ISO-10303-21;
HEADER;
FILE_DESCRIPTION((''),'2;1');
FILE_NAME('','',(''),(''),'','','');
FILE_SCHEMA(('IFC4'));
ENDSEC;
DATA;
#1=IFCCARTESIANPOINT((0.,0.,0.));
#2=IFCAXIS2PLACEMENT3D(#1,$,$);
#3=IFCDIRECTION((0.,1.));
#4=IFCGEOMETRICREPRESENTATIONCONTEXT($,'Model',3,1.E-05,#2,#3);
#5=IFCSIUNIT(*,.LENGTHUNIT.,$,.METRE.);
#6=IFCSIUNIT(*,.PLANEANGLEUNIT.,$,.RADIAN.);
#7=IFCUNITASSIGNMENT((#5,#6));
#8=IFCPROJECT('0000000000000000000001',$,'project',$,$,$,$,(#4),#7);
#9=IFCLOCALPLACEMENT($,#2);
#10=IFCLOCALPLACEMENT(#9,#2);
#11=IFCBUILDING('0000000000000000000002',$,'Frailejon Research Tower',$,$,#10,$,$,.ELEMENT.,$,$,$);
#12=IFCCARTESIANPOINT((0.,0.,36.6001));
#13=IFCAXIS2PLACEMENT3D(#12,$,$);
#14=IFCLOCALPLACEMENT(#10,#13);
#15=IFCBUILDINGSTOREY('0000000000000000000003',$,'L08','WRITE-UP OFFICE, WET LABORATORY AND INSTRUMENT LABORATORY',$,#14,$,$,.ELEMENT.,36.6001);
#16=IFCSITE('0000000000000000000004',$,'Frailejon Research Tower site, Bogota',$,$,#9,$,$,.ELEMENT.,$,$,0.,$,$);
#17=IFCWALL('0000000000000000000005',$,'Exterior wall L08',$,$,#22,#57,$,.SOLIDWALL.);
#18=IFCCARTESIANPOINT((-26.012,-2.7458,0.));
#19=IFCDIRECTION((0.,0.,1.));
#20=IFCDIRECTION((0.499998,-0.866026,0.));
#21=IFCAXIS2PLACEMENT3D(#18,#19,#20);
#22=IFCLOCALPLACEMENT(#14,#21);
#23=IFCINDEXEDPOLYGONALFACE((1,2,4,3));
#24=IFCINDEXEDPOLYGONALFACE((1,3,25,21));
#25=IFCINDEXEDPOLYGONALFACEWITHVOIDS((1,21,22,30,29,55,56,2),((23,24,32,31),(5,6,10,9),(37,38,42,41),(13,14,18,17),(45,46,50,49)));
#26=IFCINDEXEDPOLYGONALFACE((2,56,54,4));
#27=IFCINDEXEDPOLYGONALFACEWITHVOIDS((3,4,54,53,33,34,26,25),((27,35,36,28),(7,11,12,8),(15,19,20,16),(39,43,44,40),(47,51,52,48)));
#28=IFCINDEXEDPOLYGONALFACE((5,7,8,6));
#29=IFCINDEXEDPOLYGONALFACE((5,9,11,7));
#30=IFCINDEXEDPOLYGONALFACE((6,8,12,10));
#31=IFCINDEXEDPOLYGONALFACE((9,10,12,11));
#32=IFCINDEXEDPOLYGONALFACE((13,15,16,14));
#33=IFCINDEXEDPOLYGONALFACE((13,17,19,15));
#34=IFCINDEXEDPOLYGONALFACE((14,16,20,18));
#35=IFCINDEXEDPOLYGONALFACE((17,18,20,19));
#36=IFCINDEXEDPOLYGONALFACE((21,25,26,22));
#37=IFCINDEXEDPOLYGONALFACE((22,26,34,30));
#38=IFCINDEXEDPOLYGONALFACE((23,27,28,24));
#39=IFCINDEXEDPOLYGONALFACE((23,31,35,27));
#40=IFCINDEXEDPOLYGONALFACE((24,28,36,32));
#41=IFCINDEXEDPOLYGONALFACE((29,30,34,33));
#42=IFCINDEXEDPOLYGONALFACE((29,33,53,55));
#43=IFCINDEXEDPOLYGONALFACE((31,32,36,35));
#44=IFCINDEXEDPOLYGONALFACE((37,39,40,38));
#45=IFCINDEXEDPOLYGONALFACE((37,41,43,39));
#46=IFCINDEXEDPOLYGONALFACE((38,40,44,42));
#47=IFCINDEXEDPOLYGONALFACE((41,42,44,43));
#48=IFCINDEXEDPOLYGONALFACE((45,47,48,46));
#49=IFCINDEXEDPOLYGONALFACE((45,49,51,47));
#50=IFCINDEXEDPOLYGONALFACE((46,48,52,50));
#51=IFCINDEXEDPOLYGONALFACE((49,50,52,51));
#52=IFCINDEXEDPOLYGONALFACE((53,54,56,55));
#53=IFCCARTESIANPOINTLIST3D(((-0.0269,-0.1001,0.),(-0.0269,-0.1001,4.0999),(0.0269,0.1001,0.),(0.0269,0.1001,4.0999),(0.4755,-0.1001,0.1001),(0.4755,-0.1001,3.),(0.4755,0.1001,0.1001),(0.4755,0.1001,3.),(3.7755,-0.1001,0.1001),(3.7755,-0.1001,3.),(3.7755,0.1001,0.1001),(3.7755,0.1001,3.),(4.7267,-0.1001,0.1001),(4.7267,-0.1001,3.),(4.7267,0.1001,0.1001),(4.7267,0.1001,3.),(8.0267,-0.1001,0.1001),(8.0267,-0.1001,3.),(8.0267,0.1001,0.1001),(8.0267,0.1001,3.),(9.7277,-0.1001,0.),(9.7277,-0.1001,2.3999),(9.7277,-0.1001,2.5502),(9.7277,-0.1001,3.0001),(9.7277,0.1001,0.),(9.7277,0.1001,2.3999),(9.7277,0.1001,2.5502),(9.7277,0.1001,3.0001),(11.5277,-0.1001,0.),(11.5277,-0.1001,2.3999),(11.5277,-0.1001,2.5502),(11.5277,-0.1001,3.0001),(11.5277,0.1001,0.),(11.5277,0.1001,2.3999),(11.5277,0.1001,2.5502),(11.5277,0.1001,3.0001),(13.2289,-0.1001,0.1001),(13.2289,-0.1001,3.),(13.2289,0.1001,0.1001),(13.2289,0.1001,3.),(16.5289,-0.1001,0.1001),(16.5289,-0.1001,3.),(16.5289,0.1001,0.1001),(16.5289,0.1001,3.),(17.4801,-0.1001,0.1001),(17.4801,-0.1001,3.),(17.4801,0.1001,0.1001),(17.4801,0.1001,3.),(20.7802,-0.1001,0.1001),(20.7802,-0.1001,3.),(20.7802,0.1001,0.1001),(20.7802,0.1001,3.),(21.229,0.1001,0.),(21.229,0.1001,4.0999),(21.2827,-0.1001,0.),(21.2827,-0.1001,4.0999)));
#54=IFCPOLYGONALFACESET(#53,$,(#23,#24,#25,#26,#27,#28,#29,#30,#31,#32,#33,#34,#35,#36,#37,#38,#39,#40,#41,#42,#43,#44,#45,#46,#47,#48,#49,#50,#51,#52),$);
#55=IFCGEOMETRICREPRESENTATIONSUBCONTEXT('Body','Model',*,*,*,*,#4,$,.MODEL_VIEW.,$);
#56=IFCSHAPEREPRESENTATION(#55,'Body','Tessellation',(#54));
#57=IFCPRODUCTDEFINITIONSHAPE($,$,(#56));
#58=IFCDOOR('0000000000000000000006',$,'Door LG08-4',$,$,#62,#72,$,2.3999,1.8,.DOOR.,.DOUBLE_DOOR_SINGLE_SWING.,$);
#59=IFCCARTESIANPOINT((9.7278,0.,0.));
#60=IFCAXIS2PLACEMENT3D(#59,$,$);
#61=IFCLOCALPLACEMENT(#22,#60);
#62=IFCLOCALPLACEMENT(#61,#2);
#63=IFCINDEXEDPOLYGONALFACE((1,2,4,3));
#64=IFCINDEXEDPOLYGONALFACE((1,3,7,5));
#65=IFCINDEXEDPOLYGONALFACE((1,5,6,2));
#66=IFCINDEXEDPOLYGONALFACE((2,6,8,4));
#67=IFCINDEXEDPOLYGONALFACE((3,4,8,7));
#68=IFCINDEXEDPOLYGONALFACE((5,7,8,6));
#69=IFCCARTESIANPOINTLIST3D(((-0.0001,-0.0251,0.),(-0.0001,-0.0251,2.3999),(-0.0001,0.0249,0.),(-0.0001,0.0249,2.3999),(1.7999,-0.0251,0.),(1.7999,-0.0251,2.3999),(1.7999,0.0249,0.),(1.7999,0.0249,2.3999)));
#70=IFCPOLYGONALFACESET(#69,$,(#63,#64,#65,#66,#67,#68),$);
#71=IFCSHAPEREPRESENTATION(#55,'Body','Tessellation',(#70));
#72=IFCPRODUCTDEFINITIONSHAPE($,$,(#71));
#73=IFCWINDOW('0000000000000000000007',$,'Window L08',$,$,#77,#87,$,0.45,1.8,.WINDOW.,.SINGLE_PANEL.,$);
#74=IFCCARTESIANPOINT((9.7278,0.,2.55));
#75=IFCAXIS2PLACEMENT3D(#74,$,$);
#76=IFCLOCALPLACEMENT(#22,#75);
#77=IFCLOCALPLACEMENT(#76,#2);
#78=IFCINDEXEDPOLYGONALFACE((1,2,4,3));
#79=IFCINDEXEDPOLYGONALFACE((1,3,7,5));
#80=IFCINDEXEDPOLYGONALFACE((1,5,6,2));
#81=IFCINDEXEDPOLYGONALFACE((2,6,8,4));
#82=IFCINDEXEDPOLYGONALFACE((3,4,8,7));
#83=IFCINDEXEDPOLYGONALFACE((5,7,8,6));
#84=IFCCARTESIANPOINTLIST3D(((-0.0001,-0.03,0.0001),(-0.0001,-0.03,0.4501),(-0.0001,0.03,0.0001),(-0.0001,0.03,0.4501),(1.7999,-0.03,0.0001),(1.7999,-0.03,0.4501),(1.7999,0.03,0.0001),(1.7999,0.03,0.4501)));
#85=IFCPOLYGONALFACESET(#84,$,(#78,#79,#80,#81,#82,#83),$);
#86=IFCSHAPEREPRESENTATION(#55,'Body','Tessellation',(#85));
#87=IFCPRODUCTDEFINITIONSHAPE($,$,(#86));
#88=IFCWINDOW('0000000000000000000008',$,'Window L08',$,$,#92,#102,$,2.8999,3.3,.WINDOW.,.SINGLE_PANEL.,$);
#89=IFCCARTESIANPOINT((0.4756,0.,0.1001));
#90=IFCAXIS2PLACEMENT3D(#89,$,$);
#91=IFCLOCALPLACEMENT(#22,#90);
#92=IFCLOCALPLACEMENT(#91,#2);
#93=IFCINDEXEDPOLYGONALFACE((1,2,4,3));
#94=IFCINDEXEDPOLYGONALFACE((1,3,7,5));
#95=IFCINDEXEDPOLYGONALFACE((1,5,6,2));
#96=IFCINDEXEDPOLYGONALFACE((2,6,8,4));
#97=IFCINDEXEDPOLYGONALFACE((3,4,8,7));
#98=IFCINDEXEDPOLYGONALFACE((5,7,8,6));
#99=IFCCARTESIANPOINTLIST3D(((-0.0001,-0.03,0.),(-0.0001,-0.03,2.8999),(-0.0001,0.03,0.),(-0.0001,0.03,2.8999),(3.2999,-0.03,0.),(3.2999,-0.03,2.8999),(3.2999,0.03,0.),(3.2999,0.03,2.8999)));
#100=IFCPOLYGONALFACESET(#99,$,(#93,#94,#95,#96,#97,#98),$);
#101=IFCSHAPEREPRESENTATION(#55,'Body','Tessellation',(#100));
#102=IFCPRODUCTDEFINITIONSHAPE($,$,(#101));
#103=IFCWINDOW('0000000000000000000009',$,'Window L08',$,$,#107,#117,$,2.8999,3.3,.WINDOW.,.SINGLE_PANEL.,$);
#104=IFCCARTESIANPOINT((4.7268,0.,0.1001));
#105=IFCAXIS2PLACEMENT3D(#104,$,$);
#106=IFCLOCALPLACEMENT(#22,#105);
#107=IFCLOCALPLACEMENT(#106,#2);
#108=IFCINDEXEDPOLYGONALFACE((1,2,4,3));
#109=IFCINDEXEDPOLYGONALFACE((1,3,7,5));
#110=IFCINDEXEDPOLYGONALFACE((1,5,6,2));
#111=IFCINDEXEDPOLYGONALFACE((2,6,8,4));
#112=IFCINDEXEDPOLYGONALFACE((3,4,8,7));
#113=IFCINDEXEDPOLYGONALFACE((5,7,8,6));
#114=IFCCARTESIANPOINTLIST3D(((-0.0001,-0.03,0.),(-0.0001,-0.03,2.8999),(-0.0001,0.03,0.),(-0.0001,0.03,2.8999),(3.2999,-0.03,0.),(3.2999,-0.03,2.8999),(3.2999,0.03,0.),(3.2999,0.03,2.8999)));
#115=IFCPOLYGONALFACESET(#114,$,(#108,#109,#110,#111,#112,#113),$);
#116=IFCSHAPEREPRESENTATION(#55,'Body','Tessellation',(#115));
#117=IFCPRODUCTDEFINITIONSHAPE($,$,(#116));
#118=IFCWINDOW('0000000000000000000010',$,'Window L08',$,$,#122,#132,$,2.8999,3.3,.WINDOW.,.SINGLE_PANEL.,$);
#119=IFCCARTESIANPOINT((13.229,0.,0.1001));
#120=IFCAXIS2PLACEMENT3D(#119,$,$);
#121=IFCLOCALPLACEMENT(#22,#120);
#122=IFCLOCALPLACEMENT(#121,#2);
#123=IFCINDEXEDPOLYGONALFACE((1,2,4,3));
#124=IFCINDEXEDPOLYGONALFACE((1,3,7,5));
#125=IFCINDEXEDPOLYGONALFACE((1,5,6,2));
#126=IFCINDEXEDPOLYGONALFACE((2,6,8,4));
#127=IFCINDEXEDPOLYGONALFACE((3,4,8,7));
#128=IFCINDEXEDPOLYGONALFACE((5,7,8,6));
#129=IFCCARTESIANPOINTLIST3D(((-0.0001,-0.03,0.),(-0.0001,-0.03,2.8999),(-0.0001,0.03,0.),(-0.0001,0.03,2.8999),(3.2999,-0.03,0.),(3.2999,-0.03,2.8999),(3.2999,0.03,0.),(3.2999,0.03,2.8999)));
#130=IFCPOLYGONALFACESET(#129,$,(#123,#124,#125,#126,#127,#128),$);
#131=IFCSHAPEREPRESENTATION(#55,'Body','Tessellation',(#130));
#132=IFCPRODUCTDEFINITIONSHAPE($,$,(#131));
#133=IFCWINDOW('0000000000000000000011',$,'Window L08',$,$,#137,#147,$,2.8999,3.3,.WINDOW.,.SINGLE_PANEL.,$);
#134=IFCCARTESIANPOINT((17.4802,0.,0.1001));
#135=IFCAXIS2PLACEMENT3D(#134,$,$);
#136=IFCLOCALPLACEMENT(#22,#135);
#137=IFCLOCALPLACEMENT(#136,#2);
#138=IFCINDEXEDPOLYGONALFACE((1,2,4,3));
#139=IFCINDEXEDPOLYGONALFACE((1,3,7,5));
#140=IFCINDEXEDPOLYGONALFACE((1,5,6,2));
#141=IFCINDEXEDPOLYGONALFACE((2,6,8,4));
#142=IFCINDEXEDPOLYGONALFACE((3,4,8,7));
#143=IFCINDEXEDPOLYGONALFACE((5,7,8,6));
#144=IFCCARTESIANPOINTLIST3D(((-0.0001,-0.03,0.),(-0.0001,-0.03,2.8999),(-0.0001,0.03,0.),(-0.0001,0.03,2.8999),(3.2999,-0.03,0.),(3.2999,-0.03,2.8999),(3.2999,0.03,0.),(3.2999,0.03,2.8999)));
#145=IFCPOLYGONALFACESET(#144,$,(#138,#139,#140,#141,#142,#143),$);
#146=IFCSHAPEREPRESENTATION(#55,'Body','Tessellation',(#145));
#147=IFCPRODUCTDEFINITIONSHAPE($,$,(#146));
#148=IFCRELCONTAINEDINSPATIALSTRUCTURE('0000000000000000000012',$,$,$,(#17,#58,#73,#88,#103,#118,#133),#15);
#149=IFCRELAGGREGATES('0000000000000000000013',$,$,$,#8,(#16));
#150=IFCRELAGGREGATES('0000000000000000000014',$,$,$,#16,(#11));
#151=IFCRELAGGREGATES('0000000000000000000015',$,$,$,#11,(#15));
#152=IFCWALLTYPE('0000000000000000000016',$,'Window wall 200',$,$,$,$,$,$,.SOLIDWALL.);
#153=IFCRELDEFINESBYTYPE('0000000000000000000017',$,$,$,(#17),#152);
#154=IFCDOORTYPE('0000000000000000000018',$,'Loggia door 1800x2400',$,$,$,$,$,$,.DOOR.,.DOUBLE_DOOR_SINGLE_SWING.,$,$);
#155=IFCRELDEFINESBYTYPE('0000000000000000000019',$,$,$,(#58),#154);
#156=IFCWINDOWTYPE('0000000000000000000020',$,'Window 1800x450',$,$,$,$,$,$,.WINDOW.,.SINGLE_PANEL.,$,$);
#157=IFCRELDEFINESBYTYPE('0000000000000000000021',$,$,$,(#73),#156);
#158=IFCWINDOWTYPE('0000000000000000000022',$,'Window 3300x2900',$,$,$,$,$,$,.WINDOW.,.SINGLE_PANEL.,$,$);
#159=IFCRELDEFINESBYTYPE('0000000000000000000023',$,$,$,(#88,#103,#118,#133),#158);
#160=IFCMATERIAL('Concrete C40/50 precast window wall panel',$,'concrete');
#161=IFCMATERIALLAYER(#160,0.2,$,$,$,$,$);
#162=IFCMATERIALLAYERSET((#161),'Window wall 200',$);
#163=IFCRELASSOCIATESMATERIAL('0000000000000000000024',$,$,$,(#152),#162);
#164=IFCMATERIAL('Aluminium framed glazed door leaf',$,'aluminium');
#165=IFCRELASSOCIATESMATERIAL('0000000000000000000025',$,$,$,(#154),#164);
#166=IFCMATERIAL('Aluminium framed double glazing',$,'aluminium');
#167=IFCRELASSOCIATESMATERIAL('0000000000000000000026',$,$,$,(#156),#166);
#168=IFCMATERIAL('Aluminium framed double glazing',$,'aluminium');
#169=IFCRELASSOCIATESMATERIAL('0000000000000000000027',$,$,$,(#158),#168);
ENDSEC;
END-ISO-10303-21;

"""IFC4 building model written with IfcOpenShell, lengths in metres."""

from ifc_helpers import new_model, si_unit, direction, frame, frame_2d, origin, place, context, subcontext, project, spatial, polyline, rectangle, outline, extrude, material, layer, layer_set, type_object, element, fill, save


model = new_model("IFC4")

# Units and contexts
model_context = context("Model", 3, precision=1e-05, world=origin(), true_north=direction((0.0, 1.0)))
body_context = subcontext(model_context, "Body", "Model", "MODEL_VIEW")
ifc_project = project(units=[si_unit("LENGTHUNIT", "METRE"), si_unit("PLANEANGLEUNIT", "RADIAN")], contexts=[model_context])

# Site, building, storey
site_placement = place(None, origin())
site = spatial("IfcSite", under=ifc_project, at=site_placement, Name="Frailejon Research Tower site, Bogota", CompositionType="ELEMENT", RefElevation=0.0)
building_placement = place(site_placement, origin())
building = spatial("IfcBuilding", under=site, at=building_placement, Name="Frailejon Research Tower", CompositionType="ELEMENT")
storey_placement = place(building_placement, frame((0.0, 0.0, 36.6001)))
storey = spatial("IfcBuildingStorey", under=building, at=storey_placement, Name="L08", Description="WRITE-UP OFFICE, WET LABORATORY AND INSTRUMENT LABORATORY", CompositionType="ELEMENT", Elevation=36.6001)

# Wall, openings, door, windows
ifc_material_1 = material(Name="Concrete C40/50 precast window wall panel", Category="concrete")
ifc_layer_1 = layer(ifc_material_1, 0.2)
ifc_layer_set_1 = layer_set([ifc_layer_1], Name="Window wall 200")
wall_type_1 = type_object("IfcWallType", Name="Window wall 200", PredefinedType="SOLIDWALL", material=ifc_layer_set_1)
wall_1_placement = place(storey_placement, frame((-26.012, -2.7458, 0.0), z_axis=(0.0, 0.0, 1.0), x_axis=(0.499998, -0.866026, 0.0)))
wall_1 = element("IfcWall", 1, at=wall_1_placement, inside=storey, type_object=wall_type_1, Name="Exterior wall L08", PredefinedType="SOLIDWALL", context=body_context, shape_type="SweptSolid", body=[
    extrude(outline(polyline([(-0.0269, -0.1001), (0.9878, -0.1001), (2.0027, -0.1001), (3.0173, -0.1001), (4.0322, -0.1001), (5.0469, -0.1001), (6.0615, -0.1001), (7.0764, -0.1001), (8.0911, -0.1001), (9.1057, -0.1001), (10.1206, -0.1001), (11.1353, -0.1001), (12.1501, -0.1001), (13.1648, -0.1001), (14.1794, -0.1001), (15.1943, -0.1001), (16.209, -0.1001), (17.2236, -0.1001), (18.2385, -0.1001), (19.2532, -0.1001), (20.2681, -0.1001), (21.2827, -0.1001), (21.229, 0.1001), (20.2195, 0.1001), (19.2097, 0.1001), (18.2002, 0.1001), (17.1904, 0.1001), (16.1809, 0.1001), (15.1711, 0.1001), (14.1616, 0.1001), (13.1521, 0.1001), (12.1423, 0.1001), (11.1328, 0.1001), (10.123, 0.1001), (9.1135, 0.1001), (8.1038, 0.1001), (7.0942, 0.1001), (6.0847, 0.1001), (5.075, 0.1001), (4.0654, 0.1001), (3.0557, 0.1001), (2.0461, 0.1001), (1.0364, 0.1001), (0.0269, 0.1001), (-0.0269, -0.1001)])), origin(), (0.0, 0.0, 1.0), 4.0999),
])
opening_1_placement = place(wall_1_placement, frame((0.4756, 0.0, 0.1001)))
opening_1 = element("IfcOpeningElement", 2, at=opening_1_placement, cuts=wall_1, PredefinedType="OPENING", context=body_context, shape_type="SweptSolid", body=[
    extrude(rectangle(XDim=3.3, YDim=2.8999, at=frame_2d((1.6499, 1.45))), frame((0.0, 0.1099, 0.0), z_axis=(0.0, -1.0, 0.0), x_axis=(1.0, 0.0, 0.0)), (0.0, 0.0, 1.0), 0.22),
])
opening_2_placement = place(wall_1_placement, frame((4.7268, 0.0, 0.1001)))
opening_2 = element("IfcOpeningElement", 3, at=opening_2_placement, cuts=wall_1, PredefinedType="OPENING", context=body_context, shape_type="SweptSolid", body=[
    extrude(rectangle(XDim=3.3, YDim=2.8999, at=frame_2d((1.6499, 1.45))), frame((0.0, 0.1099, 0.0), z_axis=(0.0, -1.0, 0.0), x_axis=(1.0, 0.0, 0.0)), (0.0, 0.0, 1.0), 0.22),
])
opening_3_placement = place(wall_1_placement, frame((9.7278, 0.0, 0.0)))
opening_3 = element("IfcOpeningElement", 4, at=opening_3_placement, cuts=wall_1, PredefinedType="OPENING", context=body_context, shape_type="SweptSolid", body=[
    extrude(rectangle(XDim=1.8, YDim=2.3999, at=frame_2d((0.8999, 1.2))), frame((0.0, 0.1099, 0.0), z_axis=(0.0, -1.0, 0.0), x_axis=(1.0, 0.0, 0.0)), (0.0, 0.0, 1.0), 0.22),
])
opening_4_placement = place(wall_1_placement, frame((9.7278, 0.0, 2.55)))
opening_4 = element("IfcOpeningElement", 5, at=opening_4_placement, cuts=wall_1, PredefinedType="OPENING", context=body_context, shape_type="SweptSolid", body=[
    extrude(rectangle(XDim=1.8, YDim=0.45, at=frame_2d((0.8999, 0.2251))), frame((0.0, 0.1099, 0.0), z_axis=(0.0, -1.0, 0.0), x_axis=(1.0, 0.0, 0.0)), (0.0, 0.0, 1.0), 0.22),
])
opening_5_placement = place(wall_1_placement, frame((13.229, 0.0, 0.1001)))
opening_5 = element("IfcOpeningElement", 6, at=opening_5_placement, cuts=wall_1, PredefinedType="OPENING", context=body_context, shape_type="SweptSolid", body=[
    extrude(rectangle(XDim=3.3, YDim=2.8999, at=frame_2d((1.6499, 1.45))), frame((0.0, 0.1099, 0.0), z_axis=(0.0, -1.0, 0.0), x_axis=(1.0, 0.0, 0.0)), (0.0, 0.0, 1.0), 0.22),
])
opening_6_placement = place(wall_1_placement, frame((17.4802, 0.0, 0.1001)))
opening_6 = element("IfcOpeningElement", 7, at=opening_6_placement, cuts=wall_1, PredefinedType="OPENING", context=body_context, shape_type="SweptSolid", body=[
    extrude(rectangle(XDim=3.3, YDim=2.8999, at=frame_2d((1.6499, 1.45))), frame((0.0, 0.1099, 0.0), z_axis=(0.0, -1.0, 0.0), x_axis=(1.0, 0.0, 0.0)), (0.0, 0.0, 1.0), 0.22),
])
ifc_material_2 = material(Name="Aluminium framed glazed door leaf", Category="aluminium")
door_type_1 = type_object("IfcDoorType", Name="Loggia door 1800x2400", OperationType="DOUBLE_DOOR_SINGLE_SWING", PredefinedType="DOOR", material=ifc_material_2)
door_1_placement = place(opening_3_placement, origin())
door_1 = element("IfcDoor", 8, at=door_1_placement, inside=storey, type_object=door_type_1, Name="Door LG08-4", OperationType="DOUBLE_DOOR_SINGLE_SWING", OverallHeight=2.3999, OverallWidth=1.8, PredefinedType="DOOR", context=body_context, shape_type="SweptSolid", body=[
    extrude(rectangle(XDim=1.8, YDim=2.3999, at=frame_2d((0.8999, 1.2))), frame((0.0, 0.0249, 0.0), z_axis=(0.0, -1.0, 0.0), x_axis=(1.0, 0.0, 0.0)), (0.0, 0.0, 1.0), 0.05),
])
fill(opening_3, door_1)
ifc_material_3 = material(Name="Aluminium framed double glazing", Category="aluminium")
window_type_1 = type_object("IfcWindowType", Name="Window 1800x450", PartitioningType="SINGLE_PANEL", PredefinedType="WINDOW", material=ifc_material_3)
window_1_placement = place(opening_4_placement, origin())
window_1 = element("IfcWindow", 9, at=window_1_placement, inside=storey, type_object=window_type_1, Name="Window L08", OverallHeight=0.45, OverallWidth=1.8, PartitioningType="SINGLE_PANEL", PredefinedType="WINDOW", context=body_context, shape_type="SweptSolid", body=[
    extrude(rectangle(XDim=1.8, YDim=0.45, at=frame_2d((0.8999, 0.2251))), frame((0.0, 0.03, 0.0), z_axis=(0.0, -1.0, 0.0), x_axis=(1.0, 0.0, 0.0)), (0.0, 0.0, 1.0), 0.0601),
])
fill(opening_4, window_1)
ifc_material_4 = material(Name="Aluminium framed double glazing", Category="aluminium")
window_type_2 = type_object("IfcWindowType", Name="Window 3300x2900", PartitioningType="SINGLE_PANEL", PredefinedType="WINDOW", material=ifc_material_4)
window_2_placement = place(opening_1_placement, origin())
window_2 = element("IfcWindow", 10, at=window_2_placement, inside=storey, type_object=window_type_2, Name="Window L08", OverallHeight=2.8999, OverallWidth=3.3, PartitioningType="SINGLE_PANEL", PredefinedType="WINDOW", context=body_context, shape_type="SweptSolid", body=[
    extrude(rectangle(XDim=3.3, YDim=2.8999, at=frame_2d((1.6499, 1.45))), frame((0.0, 0.03, 0.0), z_axis=(0.0, -1.0, 0.0), x_axis=(1.0, 0.0, 0.0)), (0.0, 0.0, 1.0), 0.0601),
])
fill(opening_1, window_2)
window_3_placement = place(opening_2_placement, origin())
window_3 = element("IfcWindow", 11, at=window_3_placement, inside=storey, type_object=window_type_2, Name="Window L08", OverallHeight=2.8999, OverallWidth=3.3, PartitioningType="SINGLE_PANEL", PredefinedType="WINDOW", context=body_context, shape_type="SweptSolid", body=[
    extrude(rectangle(XDim=3.3, YDim=2.8999, at=frame_2d((1.6499, 1.45))), frame((0.0, 0.03, 0.0), z_axis=(0.0, -1.0, 0.0), x_axis=(1.0, 0.0, 0.0)), (0.0, 0.0, 1.0), 0.0601),
])
fill(opening_2, window_3)
window_4_placement = place(opening_5_placement, origin())
window_4 = element("IfcWindow", 12, at=window_4_placement, inside=storey, type_object=window_type_2, Name="Window L08", OverallHeight=2.8999, OverallWidth=3.3, PartitioningType="SINGLE_PANEL", PredefinedType="WINDOW", context=body_context, shape_type="SweptSolid", body=[
    extrude(rectangle(XDim=3.3, YDim=2.8999, at=frame_2d((1.6499, 1.45))), frame((0.0, 0.03, 0.0), z_axis=(0.0, -1.0, 0.0), x_axis=(1.0, 0.0, 0.0)), (0.0, 0.0, 1.0), 0.0601),
])
fill(opening_5, window_4)
window_5_placement = place(opening_6_placement, origin())
window_5 = element("IfcWindow", 13, at=window_5_placement, inside=storey, type_object=window_type_2, Name="Window L08", OverallHeight=2.8999, OverallWidth=3.3, PartitioningType="SINGLE_PANEL", PredefinedType="WINDOW", context=body_context, shape_type="SweptSolid", body=[
    extrude(rectangle(XDim=3.3, YDim=2.8999, at=frame_2d((1.6499, 1.45))), frame((0.0, 0.03, 0.0), z_axis=(0.0, -1.0, 0.0), x_axis=(1.0, 0.0, 0.0)), (0.0, 0.0, 1.0), 0.0601),
])
fill(opening_6, window_5)

save(model, "model.ifc")
